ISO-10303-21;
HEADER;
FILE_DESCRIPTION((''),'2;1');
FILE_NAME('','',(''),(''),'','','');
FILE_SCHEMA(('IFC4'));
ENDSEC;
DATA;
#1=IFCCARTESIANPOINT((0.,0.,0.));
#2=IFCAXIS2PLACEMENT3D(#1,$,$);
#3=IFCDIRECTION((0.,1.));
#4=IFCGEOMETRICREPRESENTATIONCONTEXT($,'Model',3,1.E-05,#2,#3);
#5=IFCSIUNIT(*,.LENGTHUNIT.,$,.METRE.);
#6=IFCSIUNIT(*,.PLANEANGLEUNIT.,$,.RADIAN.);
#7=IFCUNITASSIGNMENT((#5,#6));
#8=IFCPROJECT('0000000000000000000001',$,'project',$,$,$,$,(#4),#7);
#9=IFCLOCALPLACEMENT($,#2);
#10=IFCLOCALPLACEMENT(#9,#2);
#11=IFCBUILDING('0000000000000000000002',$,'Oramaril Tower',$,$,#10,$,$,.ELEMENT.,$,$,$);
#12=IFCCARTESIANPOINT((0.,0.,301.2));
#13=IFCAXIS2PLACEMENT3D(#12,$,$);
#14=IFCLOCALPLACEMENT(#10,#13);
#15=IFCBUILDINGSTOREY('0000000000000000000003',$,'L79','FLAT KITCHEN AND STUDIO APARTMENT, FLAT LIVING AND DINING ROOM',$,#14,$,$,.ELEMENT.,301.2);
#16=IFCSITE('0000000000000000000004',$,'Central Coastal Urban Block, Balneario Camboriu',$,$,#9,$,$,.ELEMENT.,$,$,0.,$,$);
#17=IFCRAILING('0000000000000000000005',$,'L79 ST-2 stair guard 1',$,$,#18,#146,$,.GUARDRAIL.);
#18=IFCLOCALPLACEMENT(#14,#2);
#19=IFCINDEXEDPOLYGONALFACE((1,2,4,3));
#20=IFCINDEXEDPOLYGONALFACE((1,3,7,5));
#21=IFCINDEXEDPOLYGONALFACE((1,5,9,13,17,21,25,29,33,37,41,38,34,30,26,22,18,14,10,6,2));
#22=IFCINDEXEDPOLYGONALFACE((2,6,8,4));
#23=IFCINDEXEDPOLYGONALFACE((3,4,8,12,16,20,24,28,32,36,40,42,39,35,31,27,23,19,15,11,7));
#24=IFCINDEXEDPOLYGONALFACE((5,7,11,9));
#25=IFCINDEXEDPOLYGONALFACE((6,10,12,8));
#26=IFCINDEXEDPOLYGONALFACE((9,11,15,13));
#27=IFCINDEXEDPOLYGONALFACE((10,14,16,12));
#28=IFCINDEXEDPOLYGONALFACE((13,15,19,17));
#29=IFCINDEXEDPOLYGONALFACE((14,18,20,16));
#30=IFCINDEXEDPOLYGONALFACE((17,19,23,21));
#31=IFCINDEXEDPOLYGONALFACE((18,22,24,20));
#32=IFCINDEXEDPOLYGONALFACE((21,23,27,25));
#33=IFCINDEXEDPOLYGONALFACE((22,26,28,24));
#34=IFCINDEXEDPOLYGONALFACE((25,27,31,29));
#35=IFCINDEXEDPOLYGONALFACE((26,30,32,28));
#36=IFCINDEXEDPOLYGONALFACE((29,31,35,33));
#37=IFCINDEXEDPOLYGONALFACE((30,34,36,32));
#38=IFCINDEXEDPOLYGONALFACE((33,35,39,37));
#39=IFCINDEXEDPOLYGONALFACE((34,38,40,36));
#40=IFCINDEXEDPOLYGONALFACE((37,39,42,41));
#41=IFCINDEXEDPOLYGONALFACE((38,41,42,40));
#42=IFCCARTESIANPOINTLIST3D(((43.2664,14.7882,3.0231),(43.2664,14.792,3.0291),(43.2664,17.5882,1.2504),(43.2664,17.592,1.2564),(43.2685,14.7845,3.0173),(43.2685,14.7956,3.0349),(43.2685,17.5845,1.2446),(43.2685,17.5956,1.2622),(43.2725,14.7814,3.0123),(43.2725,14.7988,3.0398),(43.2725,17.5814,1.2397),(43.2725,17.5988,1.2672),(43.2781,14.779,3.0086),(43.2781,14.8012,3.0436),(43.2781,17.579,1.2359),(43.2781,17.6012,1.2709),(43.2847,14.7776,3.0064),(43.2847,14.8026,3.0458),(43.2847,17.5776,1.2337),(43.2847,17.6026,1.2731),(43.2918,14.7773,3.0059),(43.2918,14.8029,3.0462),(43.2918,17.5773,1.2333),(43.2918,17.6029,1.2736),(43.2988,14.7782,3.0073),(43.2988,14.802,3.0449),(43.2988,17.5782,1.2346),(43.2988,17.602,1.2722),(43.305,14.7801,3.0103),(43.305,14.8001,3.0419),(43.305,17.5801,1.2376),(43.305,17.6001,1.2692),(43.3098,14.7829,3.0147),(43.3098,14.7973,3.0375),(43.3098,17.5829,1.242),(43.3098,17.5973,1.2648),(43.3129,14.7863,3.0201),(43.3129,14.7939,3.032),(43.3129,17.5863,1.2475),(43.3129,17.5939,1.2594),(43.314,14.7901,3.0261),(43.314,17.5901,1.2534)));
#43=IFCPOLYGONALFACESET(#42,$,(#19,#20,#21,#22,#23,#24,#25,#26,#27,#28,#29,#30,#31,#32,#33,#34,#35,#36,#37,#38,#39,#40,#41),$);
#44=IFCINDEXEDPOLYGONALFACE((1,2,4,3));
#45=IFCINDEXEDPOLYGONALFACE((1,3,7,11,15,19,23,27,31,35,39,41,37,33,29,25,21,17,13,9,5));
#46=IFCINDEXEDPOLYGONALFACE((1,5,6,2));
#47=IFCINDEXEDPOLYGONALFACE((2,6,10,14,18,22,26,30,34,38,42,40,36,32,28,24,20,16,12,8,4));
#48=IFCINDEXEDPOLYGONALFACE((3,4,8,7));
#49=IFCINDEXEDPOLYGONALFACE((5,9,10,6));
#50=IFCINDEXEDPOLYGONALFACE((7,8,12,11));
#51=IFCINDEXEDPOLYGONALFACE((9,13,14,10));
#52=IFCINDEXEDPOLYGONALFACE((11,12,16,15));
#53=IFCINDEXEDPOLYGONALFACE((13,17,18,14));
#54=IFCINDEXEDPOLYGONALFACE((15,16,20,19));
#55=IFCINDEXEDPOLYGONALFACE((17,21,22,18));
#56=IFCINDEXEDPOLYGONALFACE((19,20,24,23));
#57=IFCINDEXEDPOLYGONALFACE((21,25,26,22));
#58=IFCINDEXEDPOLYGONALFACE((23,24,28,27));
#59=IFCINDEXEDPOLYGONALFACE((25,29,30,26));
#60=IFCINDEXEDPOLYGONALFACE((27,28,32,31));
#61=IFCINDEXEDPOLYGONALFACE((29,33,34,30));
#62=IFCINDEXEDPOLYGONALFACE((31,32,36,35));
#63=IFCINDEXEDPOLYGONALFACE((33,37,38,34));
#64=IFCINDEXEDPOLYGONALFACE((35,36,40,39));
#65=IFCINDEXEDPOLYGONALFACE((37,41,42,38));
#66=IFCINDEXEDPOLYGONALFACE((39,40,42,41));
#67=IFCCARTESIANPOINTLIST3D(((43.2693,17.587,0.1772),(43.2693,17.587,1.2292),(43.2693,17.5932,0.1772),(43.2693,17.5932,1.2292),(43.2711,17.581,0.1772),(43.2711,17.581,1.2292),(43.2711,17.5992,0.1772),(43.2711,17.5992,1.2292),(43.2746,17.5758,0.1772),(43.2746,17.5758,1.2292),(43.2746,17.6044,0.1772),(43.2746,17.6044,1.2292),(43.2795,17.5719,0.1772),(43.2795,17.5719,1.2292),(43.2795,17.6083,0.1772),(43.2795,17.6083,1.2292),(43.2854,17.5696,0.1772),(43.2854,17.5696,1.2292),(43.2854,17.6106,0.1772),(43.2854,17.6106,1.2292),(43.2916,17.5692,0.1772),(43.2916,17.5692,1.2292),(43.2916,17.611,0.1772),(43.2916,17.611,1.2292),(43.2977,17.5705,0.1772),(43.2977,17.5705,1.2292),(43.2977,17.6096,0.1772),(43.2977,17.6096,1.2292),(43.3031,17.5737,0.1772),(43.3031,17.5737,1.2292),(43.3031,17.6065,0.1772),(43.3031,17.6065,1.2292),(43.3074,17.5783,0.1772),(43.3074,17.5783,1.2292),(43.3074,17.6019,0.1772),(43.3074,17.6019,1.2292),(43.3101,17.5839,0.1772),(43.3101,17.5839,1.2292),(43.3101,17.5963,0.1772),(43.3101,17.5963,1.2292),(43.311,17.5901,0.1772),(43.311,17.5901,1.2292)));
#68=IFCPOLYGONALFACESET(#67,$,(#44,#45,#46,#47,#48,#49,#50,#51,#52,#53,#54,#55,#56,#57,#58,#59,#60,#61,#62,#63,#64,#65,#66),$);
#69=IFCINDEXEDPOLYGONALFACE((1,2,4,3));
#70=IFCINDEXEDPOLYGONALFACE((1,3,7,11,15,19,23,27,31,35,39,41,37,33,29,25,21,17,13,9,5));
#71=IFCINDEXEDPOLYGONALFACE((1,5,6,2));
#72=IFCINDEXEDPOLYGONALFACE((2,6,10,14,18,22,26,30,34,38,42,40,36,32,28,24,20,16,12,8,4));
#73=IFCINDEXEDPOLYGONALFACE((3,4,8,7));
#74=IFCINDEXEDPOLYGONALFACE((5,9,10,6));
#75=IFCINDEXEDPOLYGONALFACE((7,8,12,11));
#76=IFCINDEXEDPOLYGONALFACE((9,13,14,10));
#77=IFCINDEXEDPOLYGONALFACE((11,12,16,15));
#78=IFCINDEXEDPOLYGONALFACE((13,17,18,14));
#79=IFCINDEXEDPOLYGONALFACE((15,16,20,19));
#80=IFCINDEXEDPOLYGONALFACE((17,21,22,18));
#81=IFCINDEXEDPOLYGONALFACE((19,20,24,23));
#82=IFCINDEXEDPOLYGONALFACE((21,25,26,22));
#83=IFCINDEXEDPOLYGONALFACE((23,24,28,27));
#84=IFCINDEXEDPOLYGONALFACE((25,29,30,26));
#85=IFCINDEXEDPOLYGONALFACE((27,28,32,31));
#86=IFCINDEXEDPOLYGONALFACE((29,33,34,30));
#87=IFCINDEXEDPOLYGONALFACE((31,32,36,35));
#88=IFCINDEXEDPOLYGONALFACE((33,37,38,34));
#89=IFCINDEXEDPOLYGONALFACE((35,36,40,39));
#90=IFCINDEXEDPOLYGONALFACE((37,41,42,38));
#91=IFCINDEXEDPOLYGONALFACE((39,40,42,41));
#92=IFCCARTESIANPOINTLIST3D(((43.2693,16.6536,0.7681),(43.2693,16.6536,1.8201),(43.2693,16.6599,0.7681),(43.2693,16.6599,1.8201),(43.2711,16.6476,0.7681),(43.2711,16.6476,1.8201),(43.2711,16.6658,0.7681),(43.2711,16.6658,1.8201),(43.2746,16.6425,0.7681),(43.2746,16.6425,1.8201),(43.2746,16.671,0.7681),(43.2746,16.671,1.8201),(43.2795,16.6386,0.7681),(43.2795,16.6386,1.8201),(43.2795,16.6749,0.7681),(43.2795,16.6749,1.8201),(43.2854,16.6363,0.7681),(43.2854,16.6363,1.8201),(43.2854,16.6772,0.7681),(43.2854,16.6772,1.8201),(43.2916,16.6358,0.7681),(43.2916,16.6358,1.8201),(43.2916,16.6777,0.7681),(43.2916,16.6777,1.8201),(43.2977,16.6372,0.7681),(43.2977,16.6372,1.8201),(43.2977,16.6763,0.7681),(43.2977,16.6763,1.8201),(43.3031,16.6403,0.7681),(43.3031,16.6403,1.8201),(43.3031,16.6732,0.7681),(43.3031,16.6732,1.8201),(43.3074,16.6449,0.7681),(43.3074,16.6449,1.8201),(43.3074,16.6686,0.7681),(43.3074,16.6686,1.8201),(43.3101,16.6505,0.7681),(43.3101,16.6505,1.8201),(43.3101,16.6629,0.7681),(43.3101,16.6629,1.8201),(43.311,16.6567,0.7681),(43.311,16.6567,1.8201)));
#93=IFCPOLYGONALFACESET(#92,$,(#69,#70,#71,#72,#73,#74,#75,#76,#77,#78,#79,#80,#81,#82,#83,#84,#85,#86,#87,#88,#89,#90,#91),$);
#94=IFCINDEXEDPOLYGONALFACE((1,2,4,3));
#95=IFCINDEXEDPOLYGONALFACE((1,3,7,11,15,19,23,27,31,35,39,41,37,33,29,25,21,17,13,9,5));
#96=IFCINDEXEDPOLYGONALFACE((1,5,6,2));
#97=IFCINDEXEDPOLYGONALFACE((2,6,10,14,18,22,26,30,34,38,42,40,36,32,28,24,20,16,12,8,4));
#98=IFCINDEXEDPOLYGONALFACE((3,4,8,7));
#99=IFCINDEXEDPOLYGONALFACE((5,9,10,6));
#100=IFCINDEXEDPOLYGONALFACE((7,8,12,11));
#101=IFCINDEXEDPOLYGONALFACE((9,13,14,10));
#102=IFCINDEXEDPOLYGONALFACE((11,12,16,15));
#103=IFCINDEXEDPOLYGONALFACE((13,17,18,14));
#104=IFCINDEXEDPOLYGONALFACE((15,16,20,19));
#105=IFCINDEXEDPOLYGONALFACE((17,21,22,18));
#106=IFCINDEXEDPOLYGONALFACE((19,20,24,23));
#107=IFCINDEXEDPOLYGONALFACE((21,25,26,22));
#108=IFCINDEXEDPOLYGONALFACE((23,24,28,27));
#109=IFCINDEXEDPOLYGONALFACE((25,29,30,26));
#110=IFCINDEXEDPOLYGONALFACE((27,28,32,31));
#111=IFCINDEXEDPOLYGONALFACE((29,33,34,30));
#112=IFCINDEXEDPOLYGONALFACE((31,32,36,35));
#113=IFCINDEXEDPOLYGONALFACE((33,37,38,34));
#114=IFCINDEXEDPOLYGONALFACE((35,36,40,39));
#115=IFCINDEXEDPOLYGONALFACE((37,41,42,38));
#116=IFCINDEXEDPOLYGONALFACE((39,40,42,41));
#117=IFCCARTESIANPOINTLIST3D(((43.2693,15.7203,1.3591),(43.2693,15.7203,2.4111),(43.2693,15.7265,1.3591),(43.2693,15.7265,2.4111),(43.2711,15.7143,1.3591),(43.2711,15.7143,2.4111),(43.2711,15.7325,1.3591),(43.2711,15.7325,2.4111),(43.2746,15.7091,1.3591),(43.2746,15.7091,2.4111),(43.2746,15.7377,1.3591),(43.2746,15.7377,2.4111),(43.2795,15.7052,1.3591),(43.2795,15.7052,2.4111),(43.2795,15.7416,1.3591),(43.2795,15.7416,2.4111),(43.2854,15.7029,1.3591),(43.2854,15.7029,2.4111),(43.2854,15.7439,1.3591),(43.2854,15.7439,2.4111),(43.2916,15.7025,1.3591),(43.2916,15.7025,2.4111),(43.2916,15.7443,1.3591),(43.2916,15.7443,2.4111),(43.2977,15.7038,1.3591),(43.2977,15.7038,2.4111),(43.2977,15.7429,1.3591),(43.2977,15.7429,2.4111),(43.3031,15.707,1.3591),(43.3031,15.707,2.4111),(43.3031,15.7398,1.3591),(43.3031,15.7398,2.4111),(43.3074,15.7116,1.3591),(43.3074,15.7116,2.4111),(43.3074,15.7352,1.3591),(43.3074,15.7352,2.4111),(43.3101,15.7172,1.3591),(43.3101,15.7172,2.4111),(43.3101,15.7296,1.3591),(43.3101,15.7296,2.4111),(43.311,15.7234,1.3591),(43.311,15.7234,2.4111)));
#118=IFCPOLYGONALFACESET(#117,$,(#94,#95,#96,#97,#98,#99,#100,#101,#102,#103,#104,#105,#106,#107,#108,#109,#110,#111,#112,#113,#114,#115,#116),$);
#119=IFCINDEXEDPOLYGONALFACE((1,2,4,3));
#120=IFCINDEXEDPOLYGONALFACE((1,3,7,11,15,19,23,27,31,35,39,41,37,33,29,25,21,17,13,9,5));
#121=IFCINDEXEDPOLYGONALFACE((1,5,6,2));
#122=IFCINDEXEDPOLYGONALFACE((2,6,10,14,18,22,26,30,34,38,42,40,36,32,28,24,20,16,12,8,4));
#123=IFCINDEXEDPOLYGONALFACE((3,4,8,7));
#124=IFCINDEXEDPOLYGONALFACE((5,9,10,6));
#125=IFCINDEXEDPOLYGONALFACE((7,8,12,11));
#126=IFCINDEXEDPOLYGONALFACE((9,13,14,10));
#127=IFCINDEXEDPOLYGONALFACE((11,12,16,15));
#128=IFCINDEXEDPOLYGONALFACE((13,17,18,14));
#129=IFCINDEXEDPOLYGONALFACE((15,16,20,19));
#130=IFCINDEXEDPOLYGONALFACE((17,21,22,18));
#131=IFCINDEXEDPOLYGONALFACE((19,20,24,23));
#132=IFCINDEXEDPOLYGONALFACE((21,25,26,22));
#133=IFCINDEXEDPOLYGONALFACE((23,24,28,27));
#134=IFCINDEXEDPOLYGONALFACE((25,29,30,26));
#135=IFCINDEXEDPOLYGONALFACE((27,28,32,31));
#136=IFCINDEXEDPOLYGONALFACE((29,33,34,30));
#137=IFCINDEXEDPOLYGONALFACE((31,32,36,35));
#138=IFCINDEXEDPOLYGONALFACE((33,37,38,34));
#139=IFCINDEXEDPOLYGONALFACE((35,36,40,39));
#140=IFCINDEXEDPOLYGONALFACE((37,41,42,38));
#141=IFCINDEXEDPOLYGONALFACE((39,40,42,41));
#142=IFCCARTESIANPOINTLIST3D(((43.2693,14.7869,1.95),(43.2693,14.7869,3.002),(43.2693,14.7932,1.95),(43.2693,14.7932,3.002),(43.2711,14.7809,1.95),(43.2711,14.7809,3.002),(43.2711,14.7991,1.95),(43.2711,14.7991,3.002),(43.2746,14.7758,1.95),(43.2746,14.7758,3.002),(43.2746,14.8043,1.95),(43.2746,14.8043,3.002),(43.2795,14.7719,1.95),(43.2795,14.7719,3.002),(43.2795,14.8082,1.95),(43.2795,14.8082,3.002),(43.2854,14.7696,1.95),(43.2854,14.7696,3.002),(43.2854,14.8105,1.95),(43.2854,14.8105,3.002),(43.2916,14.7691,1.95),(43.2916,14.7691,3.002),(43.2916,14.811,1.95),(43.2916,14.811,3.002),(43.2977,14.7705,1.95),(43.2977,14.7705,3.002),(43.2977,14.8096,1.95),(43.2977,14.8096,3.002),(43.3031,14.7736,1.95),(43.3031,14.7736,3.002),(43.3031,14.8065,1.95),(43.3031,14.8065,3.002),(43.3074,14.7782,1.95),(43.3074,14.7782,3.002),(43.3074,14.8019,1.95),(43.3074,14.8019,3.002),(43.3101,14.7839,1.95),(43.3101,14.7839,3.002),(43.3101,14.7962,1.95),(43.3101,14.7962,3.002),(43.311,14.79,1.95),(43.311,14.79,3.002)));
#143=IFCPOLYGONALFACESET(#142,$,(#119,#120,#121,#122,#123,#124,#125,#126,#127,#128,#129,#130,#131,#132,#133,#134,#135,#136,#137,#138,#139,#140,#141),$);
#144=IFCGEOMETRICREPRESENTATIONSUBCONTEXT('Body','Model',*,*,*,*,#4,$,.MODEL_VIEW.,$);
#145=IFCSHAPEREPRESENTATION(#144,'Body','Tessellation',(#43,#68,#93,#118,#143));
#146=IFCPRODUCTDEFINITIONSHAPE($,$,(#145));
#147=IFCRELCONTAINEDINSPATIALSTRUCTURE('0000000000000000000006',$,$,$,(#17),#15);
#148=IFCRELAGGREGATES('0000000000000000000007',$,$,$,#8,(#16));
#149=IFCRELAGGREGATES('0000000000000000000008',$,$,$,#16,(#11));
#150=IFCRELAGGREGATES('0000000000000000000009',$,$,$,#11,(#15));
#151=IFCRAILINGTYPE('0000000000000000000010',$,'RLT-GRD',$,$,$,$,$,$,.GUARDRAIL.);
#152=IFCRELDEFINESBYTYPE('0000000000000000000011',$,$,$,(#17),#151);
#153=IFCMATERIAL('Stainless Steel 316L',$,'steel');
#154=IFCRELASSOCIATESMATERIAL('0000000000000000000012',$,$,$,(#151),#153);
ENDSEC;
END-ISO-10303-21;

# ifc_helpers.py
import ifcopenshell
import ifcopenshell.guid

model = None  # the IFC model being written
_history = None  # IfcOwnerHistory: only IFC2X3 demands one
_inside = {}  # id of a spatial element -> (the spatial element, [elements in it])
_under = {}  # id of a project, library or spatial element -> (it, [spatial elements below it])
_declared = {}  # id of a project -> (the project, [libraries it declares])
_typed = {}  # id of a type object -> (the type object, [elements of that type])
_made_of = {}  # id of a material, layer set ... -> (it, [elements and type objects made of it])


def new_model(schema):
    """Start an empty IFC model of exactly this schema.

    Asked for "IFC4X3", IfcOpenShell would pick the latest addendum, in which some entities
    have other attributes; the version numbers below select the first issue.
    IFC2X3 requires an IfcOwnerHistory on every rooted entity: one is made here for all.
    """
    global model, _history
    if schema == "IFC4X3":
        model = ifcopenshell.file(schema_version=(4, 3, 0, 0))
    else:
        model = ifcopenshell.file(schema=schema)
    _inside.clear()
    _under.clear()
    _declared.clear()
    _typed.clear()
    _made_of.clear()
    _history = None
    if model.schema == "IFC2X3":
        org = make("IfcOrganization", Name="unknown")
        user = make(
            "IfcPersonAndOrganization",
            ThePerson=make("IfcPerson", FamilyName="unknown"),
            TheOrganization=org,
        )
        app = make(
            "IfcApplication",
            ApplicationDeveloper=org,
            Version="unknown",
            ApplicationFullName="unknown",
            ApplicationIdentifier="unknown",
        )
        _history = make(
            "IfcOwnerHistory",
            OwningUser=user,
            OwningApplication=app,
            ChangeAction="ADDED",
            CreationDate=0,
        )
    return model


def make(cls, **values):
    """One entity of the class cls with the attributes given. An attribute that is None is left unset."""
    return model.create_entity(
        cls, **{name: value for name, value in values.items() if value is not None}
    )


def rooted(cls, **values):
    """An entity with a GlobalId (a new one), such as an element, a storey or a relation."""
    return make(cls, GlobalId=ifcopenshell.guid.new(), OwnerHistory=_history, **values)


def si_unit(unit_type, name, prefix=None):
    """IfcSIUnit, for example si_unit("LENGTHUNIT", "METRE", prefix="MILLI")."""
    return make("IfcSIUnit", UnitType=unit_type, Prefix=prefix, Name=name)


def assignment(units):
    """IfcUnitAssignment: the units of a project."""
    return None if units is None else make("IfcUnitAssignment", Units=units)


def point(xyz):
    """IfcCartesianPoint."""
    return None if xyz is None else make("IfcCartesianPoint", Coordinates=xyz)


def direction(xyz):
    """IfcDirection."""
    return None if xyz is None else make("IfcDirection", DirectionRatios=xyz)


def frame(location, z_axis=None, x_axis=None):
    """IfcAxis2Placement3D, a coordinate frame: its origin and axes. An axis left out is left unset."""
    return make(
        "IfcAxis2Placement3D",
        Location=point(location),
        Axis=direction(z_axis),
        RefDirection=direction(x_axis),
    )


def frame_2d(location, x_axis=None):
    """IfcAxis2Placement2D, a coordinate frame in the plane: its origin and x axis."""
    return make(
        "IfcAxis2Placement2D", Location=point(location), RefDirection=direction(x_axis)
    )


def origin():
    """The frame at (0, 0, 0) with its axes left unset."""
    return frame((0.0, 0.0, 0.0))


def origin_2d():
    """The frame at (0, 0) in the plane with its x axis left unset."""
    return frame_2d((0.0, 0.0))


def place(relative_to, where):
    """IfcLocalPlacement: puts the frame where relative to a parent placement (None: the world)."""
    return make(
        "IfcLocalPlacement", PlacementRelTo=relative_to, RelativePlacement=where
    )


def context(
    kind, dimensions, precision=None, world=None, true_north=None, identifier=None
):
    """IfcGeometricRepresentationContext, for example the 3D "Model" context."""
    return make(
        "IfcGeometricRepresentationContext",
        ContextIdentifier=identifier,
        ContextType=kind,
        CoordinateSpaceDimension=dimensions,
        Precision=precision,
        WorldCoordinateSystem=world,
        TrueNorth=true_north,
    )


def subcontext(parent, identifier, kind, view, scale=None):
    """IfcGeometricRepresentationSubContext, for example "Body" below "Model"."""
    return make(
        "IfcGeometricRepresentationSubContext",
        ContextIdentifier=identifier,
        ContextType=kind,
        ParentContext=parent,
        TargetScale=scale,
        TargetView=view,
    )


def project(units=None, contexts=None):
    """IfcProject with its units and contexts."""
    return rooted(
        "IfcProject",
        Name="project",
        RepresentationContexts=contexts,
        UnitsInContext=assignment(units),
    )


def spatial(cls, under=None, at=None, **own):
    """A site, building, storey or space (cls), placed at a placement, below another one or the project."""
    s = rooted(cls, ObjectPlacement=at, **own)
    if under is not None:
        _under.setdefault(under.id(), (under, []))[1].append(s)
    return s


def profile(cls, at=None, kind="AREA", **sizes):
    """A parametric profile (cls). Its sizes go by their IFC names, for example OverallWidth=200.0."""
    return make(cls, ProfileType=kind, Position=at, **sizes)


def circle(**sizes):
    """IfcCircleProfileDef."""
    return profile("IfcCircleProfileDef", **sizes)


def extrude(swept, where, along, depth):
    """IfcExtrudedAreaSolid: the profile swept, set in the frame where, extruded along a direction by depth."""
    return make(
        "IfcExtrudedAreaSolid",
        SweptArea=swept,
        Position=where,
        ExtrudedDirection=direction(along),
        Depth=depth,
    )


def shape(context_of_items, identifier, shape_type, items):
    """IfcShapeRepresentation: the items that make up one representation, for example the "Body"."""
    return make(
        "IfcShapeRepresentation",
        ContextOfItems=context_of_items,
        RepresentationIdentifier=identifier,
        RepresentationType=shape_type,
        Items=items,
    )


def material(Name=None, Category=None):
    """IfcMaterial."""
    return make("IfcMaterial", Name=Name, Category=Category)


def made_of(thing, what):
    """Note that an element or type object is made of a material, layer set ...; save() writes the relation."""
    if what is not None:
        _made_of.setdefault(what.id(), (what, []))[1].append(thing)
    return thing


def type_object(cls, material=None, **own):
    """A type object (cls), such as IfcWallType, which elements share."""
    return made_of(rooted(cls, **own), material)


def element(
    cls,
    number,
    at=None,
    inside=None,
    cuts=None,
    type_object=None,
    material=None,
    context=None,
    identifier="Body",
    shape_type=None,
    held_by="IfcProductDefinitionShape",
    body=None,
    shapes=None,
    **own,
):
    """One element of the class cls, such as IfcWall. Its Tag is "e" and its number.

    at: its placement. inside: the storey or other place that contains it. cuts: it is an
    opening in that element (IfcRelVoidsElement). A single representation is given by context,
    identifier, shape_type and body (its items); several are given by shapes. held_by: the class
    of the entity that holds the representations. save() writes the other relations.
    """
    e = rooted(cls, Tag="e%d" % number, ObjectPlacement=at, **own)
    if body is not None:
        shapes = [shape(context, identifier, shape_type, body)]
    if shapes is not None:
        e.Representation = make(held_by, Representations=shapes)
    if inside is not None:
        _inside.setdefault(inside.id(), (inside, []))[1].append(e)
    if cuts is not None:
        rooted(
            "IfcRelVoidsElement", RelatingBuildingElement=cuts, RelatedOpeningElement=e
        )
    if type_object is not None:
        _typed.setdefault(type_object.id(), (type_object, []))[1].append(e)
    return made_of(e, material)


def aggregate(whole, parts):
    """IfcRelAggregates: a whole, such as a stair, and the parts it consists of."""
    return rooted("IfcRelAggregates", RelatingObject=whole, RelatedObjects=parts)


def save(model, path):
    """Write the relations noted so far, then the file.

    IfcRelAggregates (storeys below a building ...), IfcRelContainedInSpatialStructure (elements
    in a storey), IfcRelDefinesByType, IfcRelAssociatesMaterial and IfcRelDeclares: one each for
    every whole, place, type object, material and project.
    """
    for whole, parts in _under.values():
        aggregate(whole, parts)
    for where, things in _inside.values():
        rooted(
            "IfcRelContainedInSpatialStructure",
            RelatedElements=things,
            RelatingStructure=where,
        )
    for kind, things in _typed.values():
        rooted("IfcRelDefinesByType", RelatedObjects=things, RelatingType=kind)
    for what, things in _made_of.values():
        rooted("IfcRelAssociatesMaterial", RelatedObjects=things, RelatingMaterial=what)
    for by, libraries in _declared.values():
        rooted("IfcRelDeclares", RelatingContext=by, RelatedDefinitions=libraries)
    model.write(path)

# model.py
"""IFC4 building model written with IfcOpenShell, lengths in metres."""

from ifc_helpers import new_model, si_unit, direction, frame, origin, origin_2d, place, context, subcontext, project, spatial, circle, extrude, material, type_object, element, save


model = new_model("IFC4")

# Units and contexts
model_context = context("Model", 3, precision=1e-05, world=origin(), true_north=direction((0.0, 1.0)))
body_context = subcontext(model_context, "Body", "Model", "MODEL_VIEW")
ifc_project = project(units=[si_unit("LENGTHUNIT", "METRE"), si_unit("PLANEANGLEUNIT", "RADIAN")], contexts=[model_context])

# Site, building, storey
site_placement = place(None, origin())
site = spatial("IfcSite", under=ifc_project, at=site_placement, Name="Central Coastal Urban Block, Balneario Camboriu", CompositionType="ELEMENT", RefElevation=0.0)
building_placement = place(site_placement, origin())
building = spatial("IfcBuilding", under=site, at=building_placement, Name="Oramaril Tower", CompositionType="ELEMENT")
storey_placement = place(building_placement, frame((0.0, 0.0, 301.2)))
storey = spatial("IfcBuildingStorey", under=building, at=storey_placement, Name="L79", Description="FLAT KITCHEN AND STUDIO APARTMENT, FLAT LIVING AND DINING ROOM", CompositionType="ELEMENT", Elevation=301.2)

# Railing
ifc_material_1 = material(Name="Stainless Steel 316L", Category="steel")
railing_type_1 = type_object("IfcRailingType", Name="RLT-GRD", PredefinedType="GUARDRAIL", material=ifc_material_1)
railing_1_placement = place(storey_placement, frame((43.29, 17.5901, 0.1772)))
element("IfcRailing", 1, at=railing_1_placement, inside=storey, type_object=railing_type_1, Name="L79 ST-2 stair guard 1", PredefinedType="GUARDRAIL", context=body_context, shape_type="SweptSolid", body=[
    extrude(circle(Radius=0.0239, at=origin_2d()), frame((0.0, 0.0, 1.0762), z_axis=(0.0, -0.844909, 0.53491), x_axis=(1.0, 0.0, 0.0)), (0.0, 0.0, 1.0), 3.314),
    extrude(circle(Radius=0.021, at=origin_2d()), origin(), (0.0, 0.0, 1.0), 1.052),
    extrude(circle(Radius=0.021, at=origin_2d()), frame((0.0, -0.9333, 0.5908)), (0.0, 0.0, 1.0), 1.052),
    extrude(circle(Radius=0.021, at=origin_2d()), frame((0.0, -1.8667, 1.1819)), (0.0, 0.0, 1.0), 1.052),
    extrude(circle(Radius=0.021, at=origin_2d()), frame((0.0, -2.8, 1.7727)), (0.0, 0.0, 1.0), 1.052),
])

save(model, "model.ifc")
